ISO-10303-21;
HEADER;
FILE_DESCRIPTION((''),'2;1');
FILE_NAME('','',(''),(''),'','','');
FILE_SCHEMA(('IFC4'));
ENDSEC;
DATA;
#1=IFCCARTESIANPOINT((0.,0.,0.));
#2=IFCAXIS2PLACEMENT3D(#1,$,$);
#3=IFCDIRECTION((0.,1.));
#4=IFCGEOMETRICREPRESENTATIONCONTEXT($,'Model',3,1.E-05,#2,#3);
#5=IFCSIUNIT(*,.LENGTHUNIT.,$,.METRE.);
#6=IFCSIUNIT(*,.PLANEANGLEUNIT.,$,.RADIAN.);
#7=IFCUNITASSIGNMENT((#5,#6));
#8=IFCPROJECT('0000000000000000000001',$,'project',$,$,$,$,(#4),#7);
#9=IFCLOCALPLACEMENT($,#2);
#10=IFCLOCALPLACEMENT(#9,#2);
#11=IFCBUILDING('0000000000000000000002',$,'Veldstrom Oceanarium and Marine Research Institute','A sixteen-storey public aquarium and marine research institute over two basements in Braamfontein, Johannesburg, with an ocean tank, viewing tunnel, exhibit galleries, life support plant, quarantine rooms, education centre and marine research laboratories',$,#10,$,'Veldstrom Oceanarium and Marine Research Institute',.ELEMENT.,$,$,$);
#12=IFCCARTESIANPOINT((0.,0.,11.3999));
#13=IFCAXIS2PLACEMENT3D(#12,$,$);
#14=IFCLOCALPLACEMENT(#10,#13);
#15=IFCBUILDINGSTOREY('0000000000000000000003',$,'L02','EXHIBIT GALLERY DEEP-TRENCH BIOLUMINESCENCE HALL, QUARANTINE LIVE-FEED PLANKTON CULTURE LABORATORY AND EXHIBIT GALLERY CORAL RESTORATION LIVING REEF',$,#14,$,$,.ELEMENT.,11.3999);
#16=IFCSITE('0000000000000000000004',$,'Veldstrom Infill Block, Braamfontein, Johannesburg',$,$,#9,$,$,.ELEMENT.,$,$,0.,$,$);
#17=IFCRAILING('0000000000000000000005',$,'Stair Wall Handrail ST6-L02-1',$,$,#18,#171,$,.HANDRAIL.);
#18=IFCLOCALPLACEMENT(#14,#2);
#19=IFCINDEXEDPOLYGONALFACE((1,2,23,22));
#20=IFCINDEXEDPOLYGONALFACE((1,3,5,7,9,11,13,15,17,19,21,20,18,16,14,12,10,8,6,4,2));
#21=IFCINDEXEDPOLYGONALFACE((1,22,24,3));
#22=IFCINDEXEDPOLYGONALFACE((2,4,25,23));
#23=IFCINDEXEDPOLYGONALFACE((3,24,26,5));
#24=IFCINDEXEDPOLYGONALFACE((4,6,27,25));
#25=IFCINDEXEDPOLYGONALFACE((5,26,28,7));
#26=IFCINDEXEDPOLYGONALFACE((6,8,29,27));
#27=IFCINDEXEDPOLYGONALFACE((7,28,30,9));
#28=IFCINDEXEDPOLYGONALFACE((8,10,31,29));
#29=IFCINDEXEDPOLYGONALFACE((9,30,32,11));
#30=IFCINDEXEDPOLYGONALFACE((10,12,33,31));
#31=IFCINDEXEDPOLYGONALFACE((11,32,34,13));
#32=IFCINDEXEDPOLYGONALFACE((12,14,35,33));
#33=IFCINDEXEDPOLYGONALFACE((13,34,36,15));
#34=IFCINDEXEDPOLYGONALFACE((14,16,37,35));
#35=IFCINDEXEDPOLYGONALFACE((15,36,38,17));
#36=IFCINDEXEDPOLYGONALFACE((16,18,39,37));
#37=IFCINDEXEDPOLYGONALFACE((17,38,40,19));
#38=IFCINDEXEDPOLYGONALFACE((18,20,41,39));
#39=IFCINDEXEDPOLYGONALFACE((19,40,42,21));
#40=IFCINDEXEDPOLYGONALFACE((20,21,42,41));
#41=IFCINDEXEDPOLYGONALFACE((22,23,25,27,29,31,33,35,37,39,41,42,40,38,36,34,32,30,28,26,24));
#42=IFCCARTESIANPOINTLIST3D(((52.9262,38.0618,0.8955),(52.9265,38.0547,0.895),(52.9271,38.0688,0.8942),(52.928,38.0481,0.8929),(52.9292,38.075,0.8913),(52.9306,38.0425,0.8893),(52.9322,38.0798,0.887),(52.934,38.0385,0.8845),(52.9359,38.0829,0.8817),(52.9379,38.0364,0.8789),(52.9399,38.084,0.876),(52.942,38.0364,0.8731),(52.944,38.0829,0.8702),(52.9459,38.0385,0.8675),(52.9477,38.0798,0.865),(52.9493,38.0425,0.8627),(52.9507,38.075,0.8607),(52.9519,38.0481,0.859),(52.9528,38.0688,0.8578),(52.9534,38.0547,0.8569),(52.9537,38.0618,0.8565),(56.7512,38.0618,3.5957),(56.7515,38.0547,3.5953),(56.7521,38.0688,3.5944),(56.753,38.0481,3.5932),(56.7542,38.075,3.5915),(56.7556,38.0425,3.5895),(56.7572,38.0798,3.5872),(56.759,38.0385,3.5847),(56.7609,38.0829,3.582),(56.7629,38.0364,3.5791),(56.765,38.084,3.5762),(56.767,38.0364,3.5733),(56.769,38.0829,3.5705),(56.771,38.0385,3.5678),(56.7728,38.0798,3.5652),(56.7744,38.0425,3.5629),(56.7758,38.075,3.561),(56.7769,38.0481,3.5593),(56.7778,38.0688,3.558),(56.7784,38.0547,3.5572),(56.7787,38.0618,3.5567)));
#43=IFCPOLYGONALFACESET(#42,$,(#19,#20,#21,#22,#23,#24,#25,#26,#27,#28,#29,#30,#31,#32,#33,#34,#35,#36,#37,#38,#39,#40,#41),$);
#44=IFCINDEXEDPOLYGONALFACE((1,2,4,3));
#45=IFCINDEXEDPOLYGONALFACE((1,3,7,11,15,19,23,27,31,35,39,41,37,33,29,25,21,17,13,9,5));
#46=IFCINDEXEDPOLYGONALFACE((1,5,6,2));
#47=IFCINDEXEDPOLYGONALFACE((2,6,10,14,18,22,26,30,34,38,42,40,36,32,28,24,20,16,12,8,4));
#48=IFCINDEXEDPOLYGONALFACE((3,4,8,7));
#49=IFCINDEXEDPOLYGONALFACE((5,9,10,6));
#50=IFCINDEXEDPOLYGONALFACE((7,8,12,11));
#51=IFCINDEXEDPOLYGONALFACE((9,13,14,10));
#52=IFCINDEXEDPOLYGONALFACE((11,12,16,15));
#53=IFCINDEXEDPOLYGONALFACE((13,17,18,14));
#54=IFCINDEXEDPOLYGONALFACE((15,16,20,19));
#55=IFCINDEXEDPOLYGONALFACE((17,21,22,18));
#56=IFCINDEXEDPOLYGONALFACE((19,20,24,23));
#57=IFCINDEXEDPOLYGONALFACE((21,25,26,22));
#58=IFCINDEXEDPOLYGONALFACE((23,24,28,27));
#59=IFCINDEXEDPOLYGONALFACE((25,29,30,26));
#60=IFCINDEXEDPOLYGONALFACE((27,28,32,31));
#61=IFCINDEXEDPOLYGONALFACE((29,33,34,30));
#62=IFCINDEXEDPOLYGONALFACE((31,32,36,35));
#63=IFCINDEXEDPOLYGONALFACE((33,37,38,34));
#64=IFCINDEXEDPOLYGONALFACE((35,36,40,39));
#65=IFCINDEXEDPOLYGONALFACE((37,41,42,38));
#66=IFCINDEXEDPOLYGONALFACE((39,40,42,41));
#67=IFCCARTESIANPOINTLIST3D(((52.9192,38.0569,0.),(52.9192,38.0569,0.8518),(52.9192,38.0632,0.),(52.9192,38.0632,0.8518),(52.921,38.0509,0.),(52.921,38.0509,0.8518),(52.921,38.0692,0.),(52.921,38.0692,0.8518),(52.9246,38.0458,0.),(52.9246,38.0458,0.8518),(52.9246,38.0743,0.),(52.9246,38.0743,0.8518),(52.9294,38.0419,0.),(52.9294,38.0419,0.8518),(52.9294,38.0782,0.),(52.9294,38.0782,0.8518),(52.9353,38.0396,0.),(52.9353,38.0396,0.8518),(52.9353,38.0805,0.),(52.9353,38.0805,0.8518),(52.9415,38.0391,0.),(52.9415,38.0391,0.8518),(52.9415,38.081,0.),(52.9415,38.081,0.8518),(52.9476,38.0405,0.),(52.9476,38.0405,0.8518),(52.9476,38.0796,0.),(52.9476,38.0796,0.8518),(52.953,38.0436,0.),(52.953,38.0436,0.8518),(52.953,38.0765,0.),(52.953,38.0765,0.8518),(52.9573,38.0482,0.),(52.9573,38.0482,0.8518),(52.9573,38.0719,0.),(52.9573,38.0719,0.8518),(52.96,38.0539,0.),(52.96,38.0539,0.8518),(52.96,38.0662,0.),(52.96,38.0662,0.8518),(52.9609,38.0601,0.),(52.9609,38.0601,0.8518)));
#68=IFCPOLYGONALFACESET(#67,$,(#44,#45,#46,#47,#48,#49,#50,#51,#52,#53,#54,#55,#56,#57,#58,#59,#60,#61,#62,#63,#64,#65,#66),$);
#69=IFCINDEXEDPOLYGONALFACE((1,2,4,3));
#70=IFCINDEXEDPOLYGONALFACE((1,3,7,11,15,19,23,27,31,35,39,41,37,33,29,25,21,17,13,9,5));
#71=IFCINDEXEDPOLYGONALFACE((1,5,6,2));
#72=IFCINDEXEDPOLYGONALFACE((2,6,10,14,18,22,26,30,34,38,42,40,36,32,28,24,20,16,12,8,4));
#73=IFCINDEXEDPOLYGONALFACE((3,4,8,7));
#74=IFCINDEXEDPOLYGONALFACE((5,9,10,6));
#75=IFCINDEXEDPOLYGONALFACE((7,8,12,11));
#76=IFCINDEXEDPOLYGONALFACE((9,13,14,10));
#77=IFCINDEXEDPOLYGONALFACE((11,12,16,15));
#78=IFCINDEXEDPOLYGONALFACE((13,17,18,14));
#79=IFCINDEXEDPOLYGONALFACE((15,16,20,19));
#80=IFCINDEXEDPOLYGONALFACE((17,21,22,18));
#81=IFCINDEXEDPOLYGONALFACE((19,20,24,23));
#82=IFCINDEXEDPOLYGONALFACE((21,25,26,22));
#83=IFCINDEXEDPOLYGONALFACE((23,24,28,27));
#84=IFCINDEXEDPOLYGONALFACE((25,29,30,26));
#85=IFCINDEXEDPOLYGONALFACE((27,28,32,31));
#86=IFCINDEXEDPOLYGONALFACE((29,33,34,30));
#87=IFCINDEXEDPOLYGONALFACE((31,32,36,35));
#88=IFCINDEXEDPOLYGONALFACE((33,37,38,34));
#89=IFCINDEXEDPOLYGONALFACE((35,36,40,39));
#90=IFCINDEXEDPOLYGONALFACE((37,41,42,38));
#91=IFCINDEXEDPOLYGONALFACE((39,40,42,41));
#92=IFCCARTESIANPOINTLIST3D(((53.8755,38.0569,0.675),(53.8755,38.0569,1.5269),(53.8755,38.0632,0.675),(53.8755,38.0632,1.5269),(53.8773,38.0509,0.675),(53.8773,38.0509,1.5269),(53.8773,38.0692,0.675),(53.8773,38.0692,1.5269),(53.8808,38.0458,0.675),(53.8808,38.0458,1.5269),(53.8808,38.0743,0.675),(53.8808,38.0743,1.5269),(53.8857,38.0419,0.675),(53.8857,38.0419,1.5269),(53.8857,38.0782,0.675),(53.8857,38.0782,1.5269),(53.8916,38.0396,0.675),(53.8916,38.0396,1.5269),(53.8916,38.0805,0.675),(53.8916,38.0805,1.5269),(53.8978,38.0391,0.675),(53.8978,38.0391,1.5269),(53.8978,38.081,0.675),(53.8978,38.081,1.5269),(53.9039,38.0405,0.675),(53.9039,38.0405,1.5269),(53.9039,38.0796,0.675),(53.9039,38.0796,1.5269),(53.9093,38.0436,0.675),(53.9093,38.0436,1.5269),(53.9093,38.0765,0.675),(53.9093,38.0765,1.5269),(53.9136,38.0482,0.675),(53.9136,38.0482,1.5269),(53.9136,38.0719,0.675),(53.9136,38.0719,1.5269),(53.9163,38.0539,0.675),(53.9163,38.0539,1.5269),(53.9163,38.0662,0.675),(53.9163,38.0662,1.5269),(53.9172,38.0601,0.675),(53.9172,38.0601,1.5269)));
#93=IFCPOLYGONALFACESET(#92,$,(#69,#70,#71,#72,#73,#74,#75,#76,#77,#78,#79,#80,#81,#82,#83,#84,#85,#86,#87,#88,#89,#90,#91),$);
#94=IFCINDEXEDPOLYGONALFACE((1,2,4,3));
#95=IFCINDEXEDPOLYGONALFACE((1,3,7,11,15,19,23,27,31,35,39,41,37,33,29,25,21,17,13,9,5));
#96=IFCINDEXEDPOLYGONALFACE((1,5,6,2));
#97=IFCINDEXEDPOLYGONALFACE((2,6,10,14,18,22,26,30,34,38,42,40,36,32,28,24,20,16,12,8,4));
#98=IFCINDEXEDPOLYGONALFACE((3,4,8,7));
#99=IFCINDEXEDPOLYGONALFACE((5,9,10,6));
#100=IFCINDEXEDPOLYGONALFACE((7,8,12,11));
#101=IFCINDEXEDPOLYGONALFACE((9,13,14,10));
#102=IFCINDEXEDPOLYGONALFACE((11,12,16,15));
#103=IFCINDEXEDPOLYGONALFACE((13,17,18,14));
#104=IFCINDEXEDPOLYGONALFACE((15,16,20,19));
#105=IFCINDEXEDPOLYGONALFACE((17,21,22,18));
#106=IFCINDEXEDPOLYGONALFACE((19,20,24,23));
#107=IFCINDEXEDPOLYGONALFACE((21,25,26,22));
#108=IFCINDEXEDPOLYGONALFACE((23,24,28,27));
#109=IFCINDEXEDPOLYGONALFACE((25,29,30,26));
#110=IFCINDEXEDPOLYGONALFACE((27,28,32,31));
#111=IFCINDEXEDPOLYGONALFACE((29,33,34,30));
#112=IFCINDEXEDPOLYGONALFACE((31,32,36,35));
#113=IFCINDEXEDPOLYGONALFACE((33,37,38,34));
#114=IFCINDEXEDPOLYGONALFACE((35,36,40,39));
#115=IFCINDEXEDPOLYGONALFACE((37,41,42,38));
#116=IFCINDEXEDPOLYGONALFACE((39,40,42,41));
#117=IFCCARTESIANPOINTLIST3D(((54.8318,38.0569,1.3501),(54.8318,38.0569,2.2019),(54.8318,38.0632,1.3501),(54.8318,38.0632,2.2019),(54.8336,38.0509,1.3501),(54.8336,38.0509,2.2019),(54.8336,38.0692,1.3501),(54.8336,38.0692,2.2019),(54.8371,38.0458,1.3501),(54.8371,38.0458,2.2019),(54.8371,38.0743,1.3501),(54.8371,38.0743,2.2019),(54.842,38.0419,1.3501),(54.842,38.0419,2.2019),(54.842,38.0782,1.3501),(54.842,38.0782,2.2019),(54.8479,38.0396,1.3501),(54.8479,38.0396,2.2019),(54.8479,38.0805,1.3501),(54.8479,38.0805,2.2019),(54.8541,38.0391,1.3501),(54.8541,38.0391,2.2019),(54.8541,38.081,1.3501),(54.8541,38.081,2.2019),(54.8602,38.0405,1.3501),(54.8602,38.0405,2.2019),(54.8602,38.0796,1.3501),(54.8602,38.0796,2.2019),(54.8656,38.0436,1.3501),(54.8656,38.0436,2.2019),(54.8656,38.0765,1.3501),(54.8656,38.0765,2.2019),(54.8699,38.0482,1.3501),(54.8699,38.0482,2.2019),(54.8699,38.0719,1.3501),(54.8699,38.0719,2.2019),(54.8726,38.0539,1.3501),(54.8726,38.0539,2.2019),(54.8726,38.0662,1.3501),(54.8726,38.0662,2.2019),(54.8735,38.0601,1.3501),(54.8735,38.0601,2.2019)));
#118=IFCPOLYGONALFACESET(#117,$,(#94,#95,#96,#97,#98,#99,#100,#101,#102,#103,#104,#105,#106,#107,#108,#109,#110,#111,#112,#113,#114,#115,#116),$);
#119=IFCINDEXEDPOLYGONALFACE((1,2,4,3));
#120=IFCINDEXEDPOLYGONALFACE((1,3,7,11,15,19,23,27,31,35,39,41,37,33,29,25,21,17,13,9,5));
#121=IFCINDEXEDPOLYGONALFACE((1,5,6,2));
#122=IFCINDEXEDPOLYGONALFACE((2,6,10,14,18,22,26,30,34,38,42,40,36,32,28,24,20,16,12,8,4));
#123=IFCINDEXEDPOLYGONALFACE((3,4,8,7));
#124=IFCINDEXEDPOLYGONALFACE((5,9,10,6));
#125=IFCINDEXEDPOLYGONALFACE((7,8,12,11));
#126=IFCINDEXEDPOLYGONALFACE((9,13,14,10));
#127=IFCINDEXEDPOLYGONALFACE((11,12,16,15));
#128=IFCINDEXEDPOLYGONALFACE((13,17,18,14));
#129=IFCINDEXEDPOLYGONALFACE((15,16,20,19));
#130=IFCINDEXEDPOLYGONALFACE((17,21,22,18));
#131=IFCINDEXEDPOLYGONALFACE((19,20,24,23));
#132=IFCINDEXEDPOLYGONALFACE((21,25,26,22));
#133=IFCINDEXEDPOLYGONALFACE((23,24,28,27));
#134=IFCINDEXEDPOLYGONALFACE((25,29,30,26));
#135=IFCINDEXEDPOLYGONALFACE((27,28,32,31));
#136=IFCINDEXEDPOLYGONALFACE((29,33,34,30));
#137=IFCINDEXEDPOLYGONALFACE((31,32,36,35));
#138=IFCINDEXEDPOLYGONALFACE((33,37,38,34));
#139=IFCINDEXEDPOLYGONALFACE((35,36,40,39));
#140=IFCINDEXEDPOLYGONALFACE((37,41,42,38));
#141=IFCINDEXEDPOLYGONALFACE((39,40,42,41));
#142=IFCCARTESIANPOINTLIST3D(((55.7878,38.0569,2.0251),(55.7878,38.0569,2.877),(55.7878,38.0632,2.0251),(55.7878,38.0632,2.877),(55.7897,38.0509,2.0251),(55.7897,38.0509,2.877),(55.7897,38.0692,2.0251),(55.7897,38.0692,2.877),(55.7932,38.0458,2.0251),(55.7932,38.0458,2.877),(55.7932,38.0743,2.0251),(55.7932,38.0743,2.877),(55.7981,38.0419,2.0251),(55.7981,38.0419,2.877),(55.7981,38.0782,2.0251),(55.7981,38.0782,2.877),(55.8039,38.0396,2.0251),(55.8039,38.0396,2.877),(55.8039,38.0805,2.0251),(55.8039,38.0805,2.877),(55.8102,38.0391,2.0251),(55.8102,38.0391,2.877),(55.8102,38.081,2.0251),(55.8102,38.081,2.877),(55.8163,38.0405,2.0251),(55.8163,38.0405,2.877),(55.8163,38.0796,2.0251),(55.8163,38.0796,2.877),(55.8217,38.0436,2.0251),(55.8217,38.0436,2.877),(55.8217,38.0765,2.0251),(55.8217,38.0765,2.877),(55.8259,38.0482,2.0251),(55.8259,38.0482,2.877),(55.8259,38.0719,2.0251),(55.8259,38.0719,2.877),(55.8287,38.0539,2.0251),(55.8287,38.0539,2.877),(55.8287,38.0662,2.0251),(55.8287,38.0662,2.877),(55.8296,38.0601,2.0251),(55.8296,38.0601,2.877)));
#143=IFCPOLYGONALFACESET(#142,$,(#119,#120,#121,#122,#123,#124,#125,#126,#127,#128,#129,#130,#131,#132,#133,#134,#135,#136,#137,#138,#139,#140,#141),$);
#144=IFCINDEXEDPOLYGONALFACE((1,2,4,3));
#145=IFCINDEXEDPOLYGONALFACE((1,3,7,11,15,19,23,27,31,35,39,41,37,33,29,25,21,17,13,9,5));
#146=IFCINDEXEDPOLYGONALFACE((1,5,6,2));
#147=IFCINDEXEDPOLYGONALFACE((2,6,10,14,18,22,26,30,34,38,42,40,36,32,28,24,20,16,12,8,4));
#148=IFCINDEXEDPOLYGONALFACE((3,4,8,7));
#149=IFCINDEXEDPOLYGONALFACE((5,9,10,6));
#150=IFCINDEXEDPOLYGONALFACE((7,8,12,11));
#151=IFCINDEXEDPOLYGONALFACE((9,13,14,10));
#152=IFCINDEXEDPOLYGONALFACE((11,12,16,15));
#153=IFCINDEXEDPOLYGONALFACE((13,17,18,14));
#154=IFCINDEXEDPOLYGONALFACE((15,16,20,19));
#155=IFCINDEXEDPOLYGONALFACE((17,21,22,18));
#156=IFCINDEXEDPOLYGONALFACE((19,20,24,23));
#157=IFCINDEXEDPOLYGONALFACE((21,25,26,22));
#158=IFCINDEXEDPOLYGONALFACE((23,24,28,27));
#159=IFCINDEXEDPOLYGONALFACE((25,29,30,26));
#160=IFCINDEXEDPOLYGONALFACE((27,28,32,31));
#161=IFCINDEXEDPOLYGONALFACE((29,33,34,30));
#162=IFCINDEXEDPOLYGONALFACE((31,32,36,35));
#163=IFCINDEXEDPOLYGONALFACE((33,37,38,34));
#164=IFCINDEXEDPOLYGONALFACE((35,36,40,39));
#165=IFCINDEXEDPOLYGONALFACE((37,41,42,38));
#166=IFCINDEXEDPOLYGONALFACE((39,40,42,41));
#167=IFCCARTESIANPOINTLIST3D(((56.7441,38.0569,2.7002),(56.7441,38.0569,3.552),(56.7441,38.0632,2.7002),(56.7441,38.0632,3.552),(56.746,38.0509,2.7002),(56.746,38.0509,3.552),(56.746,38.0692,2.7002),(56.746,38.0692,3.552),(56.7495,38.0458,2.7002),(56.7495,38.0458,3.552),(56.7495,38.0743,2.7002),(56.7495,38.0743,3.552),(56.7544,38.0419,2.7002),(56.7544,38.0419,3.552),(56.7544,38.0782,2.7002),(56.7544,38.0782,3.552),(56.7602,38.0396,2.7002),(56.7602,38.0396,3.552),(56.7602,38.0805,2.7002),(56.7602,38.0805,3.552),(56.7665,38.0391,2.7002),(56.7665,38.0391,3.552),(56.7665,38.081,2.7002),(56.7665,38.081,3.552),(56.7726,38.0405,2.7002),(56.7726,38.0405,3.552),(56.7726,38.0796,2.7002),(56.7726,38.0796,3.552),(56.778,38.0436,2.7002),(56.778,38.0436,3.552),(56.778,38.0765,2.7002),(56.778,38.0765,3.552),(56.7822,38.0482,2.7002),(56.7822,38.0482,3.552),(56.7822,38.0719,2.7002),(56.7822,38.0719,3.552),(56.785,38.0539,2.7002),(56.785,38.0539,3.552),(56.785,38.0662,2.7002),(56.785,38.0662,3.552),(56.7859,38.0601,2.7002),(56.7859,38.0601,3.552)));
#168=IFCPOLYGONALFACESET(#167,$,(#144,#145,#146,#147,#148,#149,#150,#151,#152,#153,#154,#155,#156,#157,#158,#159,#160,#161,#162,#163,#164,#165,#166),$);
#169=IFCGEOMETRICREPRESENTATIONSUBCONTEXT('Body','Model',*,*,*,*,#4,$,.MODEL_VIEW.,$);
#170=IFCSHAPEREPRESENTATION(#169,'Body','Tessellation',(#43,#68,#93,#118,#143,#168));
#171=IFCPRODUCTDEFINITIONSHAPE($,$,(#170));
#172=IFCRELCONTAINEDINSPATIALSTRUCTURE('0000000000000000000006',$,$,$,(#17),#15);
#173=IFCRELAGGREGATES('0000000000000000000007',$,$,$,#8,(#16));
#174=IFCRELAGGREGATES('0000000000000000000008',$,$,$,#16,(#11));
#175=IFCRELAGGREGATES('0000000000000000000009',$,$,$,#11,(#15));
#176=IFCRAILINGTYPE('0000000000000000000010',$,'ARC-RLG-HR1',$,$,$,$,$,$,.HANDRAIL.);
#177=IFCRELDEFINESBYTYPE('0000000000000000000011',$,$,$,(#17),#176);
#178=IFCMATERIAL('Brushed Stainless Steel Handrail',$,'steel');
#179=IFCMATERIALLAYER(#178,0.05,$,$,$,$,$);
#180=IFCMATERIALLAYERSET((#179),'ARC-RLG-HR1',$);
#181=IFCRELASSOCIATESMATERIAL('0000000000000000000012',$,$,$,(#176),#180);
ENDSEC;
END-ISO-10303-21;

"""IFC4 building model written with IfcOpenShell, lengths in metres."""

from ifc_helpers import new_model, si_unit, direction, frame, origin, origin_2d, place, context, subcontext, project, spatial, circle, extrude, material, layer, layer_set, type_object, element, save


model = new_model("IFC4")

# Units and contexts
model_context = context("Model", 3, precision=1e-05, world=origin(), true_north=direction((0.0, 1.0)))
body_context = subcontext(model_context, "Body", "Model", "MODEL_VIEW")
ifc_project = project(units=[si_unit("LENGTHUNIT", "METRE"), si_unit("PLANEANGLEUNIT", "RADIAN")], contexts=[model_context])

# Site, building, storey
site_placement = place(None, origin())
site = spatial("IfcSite", under=ifc_project, at=site_placement, Name="Veldstrom Infill Block, Braamfontein, Johannesburg", CompositionType="ELEMENT", RefElevation=0.0)
building_placement = place(site_placement, origin())
building = spatial("IfcBuilding", under=site, at=building_placement, Name="Veldstrom Oceanarium and Marine Research Institute", Description="A sixteen-storey public aquarium and marine research institute over two basements in Braamfontein, Johannesburg, with an ocean tank, viewing tunnel, exhibit galleries, life support plant, quarantine rooms, education centre and marine research laboratories", LongName="Veldstrom Oceanarium and Marine Research Institute", CompositionType="ELEMENT")
storey_placement = place(building_placement, frame((0.0, 0.0, 11.3999)))
storey = spatial("IfcBuildingStorey", under=building, at=storey_placement, Name="L02", Description="EXHIBIT GALLERY DEEP-TRENCH BIOLUMINESCENCE HALL, QUARANTINE LIVE-FEED PLANKTON CULTURE LABORATORY AND EXHIBIT GALLERY CORAL RESTORATION LIVING REEF", CompositionType="ELEMENT", Elevation=11.3999)

# Railing
ifc_material_1 = material(Name="Brushed Stainless Steel Handrail", Category="steel")
ifc_layer_1 = layer(ifc_material_1, 0.05)
ifc_layer_set_1 = layer_set([ifc_layer_1], Name="ARC-RLG-HR1")
railing_type_1 = type_object("IfcRailingType", Name="ARC-RLG-HR1", PredefinedType="HANDRAIL", material=ifc_layer_set_1)
railing_1_placement = place(storey_placement, frame((52.9399, 38.0601, 0.0)))
element("IfcRailing", 1, at=railing_1_placement, inside=storey, type_object=railing_type_1, Name="Stair Wall Handrail ST6-L02-1", PredefinedType="HANDRAIL", context=body_context, shape_type="SweptSolid", body=[
    extrude(circle(Radius=0.0239, at=origin_2d()), frame((0.0, 0.0, 0.876), z_axis=(0.816945, 0.0, 0.576716), x_axis=(0.0, 1.0, 0.0)), (0.0, 0.0, 1.0), 4.6821),
    extrude(circle(Radius=0.021, at=origin_2d()), origin(), (0.0, 0.0, 1.0), 0.8518),
    extrude(circle(Radius=0.021, at=origin_2d()), frame((0.9563, 0.0, 0.675)), (0.0, 0.0, 1.0), 0.8518),
    extrude(circle(Radius=0.021, at=origin_2d()), frame((1.9126, 0.0, 1.3501)), (0.0, 0.0, 1.0), 0.8518),
    extrude(circle(Radius=0.021, at=origin_2d()), frame((2.8687, 0.0, 2.0251)), (0.0, 0.0, 1.0), 0.8518),
    extrude(circle(Radius=0.021, at=origin_2d()), frame((3.825, 0.0, 2.7002)), (0.0, 0.0, 1.0), 0.8518),
])

save(model, "model.ifc")
